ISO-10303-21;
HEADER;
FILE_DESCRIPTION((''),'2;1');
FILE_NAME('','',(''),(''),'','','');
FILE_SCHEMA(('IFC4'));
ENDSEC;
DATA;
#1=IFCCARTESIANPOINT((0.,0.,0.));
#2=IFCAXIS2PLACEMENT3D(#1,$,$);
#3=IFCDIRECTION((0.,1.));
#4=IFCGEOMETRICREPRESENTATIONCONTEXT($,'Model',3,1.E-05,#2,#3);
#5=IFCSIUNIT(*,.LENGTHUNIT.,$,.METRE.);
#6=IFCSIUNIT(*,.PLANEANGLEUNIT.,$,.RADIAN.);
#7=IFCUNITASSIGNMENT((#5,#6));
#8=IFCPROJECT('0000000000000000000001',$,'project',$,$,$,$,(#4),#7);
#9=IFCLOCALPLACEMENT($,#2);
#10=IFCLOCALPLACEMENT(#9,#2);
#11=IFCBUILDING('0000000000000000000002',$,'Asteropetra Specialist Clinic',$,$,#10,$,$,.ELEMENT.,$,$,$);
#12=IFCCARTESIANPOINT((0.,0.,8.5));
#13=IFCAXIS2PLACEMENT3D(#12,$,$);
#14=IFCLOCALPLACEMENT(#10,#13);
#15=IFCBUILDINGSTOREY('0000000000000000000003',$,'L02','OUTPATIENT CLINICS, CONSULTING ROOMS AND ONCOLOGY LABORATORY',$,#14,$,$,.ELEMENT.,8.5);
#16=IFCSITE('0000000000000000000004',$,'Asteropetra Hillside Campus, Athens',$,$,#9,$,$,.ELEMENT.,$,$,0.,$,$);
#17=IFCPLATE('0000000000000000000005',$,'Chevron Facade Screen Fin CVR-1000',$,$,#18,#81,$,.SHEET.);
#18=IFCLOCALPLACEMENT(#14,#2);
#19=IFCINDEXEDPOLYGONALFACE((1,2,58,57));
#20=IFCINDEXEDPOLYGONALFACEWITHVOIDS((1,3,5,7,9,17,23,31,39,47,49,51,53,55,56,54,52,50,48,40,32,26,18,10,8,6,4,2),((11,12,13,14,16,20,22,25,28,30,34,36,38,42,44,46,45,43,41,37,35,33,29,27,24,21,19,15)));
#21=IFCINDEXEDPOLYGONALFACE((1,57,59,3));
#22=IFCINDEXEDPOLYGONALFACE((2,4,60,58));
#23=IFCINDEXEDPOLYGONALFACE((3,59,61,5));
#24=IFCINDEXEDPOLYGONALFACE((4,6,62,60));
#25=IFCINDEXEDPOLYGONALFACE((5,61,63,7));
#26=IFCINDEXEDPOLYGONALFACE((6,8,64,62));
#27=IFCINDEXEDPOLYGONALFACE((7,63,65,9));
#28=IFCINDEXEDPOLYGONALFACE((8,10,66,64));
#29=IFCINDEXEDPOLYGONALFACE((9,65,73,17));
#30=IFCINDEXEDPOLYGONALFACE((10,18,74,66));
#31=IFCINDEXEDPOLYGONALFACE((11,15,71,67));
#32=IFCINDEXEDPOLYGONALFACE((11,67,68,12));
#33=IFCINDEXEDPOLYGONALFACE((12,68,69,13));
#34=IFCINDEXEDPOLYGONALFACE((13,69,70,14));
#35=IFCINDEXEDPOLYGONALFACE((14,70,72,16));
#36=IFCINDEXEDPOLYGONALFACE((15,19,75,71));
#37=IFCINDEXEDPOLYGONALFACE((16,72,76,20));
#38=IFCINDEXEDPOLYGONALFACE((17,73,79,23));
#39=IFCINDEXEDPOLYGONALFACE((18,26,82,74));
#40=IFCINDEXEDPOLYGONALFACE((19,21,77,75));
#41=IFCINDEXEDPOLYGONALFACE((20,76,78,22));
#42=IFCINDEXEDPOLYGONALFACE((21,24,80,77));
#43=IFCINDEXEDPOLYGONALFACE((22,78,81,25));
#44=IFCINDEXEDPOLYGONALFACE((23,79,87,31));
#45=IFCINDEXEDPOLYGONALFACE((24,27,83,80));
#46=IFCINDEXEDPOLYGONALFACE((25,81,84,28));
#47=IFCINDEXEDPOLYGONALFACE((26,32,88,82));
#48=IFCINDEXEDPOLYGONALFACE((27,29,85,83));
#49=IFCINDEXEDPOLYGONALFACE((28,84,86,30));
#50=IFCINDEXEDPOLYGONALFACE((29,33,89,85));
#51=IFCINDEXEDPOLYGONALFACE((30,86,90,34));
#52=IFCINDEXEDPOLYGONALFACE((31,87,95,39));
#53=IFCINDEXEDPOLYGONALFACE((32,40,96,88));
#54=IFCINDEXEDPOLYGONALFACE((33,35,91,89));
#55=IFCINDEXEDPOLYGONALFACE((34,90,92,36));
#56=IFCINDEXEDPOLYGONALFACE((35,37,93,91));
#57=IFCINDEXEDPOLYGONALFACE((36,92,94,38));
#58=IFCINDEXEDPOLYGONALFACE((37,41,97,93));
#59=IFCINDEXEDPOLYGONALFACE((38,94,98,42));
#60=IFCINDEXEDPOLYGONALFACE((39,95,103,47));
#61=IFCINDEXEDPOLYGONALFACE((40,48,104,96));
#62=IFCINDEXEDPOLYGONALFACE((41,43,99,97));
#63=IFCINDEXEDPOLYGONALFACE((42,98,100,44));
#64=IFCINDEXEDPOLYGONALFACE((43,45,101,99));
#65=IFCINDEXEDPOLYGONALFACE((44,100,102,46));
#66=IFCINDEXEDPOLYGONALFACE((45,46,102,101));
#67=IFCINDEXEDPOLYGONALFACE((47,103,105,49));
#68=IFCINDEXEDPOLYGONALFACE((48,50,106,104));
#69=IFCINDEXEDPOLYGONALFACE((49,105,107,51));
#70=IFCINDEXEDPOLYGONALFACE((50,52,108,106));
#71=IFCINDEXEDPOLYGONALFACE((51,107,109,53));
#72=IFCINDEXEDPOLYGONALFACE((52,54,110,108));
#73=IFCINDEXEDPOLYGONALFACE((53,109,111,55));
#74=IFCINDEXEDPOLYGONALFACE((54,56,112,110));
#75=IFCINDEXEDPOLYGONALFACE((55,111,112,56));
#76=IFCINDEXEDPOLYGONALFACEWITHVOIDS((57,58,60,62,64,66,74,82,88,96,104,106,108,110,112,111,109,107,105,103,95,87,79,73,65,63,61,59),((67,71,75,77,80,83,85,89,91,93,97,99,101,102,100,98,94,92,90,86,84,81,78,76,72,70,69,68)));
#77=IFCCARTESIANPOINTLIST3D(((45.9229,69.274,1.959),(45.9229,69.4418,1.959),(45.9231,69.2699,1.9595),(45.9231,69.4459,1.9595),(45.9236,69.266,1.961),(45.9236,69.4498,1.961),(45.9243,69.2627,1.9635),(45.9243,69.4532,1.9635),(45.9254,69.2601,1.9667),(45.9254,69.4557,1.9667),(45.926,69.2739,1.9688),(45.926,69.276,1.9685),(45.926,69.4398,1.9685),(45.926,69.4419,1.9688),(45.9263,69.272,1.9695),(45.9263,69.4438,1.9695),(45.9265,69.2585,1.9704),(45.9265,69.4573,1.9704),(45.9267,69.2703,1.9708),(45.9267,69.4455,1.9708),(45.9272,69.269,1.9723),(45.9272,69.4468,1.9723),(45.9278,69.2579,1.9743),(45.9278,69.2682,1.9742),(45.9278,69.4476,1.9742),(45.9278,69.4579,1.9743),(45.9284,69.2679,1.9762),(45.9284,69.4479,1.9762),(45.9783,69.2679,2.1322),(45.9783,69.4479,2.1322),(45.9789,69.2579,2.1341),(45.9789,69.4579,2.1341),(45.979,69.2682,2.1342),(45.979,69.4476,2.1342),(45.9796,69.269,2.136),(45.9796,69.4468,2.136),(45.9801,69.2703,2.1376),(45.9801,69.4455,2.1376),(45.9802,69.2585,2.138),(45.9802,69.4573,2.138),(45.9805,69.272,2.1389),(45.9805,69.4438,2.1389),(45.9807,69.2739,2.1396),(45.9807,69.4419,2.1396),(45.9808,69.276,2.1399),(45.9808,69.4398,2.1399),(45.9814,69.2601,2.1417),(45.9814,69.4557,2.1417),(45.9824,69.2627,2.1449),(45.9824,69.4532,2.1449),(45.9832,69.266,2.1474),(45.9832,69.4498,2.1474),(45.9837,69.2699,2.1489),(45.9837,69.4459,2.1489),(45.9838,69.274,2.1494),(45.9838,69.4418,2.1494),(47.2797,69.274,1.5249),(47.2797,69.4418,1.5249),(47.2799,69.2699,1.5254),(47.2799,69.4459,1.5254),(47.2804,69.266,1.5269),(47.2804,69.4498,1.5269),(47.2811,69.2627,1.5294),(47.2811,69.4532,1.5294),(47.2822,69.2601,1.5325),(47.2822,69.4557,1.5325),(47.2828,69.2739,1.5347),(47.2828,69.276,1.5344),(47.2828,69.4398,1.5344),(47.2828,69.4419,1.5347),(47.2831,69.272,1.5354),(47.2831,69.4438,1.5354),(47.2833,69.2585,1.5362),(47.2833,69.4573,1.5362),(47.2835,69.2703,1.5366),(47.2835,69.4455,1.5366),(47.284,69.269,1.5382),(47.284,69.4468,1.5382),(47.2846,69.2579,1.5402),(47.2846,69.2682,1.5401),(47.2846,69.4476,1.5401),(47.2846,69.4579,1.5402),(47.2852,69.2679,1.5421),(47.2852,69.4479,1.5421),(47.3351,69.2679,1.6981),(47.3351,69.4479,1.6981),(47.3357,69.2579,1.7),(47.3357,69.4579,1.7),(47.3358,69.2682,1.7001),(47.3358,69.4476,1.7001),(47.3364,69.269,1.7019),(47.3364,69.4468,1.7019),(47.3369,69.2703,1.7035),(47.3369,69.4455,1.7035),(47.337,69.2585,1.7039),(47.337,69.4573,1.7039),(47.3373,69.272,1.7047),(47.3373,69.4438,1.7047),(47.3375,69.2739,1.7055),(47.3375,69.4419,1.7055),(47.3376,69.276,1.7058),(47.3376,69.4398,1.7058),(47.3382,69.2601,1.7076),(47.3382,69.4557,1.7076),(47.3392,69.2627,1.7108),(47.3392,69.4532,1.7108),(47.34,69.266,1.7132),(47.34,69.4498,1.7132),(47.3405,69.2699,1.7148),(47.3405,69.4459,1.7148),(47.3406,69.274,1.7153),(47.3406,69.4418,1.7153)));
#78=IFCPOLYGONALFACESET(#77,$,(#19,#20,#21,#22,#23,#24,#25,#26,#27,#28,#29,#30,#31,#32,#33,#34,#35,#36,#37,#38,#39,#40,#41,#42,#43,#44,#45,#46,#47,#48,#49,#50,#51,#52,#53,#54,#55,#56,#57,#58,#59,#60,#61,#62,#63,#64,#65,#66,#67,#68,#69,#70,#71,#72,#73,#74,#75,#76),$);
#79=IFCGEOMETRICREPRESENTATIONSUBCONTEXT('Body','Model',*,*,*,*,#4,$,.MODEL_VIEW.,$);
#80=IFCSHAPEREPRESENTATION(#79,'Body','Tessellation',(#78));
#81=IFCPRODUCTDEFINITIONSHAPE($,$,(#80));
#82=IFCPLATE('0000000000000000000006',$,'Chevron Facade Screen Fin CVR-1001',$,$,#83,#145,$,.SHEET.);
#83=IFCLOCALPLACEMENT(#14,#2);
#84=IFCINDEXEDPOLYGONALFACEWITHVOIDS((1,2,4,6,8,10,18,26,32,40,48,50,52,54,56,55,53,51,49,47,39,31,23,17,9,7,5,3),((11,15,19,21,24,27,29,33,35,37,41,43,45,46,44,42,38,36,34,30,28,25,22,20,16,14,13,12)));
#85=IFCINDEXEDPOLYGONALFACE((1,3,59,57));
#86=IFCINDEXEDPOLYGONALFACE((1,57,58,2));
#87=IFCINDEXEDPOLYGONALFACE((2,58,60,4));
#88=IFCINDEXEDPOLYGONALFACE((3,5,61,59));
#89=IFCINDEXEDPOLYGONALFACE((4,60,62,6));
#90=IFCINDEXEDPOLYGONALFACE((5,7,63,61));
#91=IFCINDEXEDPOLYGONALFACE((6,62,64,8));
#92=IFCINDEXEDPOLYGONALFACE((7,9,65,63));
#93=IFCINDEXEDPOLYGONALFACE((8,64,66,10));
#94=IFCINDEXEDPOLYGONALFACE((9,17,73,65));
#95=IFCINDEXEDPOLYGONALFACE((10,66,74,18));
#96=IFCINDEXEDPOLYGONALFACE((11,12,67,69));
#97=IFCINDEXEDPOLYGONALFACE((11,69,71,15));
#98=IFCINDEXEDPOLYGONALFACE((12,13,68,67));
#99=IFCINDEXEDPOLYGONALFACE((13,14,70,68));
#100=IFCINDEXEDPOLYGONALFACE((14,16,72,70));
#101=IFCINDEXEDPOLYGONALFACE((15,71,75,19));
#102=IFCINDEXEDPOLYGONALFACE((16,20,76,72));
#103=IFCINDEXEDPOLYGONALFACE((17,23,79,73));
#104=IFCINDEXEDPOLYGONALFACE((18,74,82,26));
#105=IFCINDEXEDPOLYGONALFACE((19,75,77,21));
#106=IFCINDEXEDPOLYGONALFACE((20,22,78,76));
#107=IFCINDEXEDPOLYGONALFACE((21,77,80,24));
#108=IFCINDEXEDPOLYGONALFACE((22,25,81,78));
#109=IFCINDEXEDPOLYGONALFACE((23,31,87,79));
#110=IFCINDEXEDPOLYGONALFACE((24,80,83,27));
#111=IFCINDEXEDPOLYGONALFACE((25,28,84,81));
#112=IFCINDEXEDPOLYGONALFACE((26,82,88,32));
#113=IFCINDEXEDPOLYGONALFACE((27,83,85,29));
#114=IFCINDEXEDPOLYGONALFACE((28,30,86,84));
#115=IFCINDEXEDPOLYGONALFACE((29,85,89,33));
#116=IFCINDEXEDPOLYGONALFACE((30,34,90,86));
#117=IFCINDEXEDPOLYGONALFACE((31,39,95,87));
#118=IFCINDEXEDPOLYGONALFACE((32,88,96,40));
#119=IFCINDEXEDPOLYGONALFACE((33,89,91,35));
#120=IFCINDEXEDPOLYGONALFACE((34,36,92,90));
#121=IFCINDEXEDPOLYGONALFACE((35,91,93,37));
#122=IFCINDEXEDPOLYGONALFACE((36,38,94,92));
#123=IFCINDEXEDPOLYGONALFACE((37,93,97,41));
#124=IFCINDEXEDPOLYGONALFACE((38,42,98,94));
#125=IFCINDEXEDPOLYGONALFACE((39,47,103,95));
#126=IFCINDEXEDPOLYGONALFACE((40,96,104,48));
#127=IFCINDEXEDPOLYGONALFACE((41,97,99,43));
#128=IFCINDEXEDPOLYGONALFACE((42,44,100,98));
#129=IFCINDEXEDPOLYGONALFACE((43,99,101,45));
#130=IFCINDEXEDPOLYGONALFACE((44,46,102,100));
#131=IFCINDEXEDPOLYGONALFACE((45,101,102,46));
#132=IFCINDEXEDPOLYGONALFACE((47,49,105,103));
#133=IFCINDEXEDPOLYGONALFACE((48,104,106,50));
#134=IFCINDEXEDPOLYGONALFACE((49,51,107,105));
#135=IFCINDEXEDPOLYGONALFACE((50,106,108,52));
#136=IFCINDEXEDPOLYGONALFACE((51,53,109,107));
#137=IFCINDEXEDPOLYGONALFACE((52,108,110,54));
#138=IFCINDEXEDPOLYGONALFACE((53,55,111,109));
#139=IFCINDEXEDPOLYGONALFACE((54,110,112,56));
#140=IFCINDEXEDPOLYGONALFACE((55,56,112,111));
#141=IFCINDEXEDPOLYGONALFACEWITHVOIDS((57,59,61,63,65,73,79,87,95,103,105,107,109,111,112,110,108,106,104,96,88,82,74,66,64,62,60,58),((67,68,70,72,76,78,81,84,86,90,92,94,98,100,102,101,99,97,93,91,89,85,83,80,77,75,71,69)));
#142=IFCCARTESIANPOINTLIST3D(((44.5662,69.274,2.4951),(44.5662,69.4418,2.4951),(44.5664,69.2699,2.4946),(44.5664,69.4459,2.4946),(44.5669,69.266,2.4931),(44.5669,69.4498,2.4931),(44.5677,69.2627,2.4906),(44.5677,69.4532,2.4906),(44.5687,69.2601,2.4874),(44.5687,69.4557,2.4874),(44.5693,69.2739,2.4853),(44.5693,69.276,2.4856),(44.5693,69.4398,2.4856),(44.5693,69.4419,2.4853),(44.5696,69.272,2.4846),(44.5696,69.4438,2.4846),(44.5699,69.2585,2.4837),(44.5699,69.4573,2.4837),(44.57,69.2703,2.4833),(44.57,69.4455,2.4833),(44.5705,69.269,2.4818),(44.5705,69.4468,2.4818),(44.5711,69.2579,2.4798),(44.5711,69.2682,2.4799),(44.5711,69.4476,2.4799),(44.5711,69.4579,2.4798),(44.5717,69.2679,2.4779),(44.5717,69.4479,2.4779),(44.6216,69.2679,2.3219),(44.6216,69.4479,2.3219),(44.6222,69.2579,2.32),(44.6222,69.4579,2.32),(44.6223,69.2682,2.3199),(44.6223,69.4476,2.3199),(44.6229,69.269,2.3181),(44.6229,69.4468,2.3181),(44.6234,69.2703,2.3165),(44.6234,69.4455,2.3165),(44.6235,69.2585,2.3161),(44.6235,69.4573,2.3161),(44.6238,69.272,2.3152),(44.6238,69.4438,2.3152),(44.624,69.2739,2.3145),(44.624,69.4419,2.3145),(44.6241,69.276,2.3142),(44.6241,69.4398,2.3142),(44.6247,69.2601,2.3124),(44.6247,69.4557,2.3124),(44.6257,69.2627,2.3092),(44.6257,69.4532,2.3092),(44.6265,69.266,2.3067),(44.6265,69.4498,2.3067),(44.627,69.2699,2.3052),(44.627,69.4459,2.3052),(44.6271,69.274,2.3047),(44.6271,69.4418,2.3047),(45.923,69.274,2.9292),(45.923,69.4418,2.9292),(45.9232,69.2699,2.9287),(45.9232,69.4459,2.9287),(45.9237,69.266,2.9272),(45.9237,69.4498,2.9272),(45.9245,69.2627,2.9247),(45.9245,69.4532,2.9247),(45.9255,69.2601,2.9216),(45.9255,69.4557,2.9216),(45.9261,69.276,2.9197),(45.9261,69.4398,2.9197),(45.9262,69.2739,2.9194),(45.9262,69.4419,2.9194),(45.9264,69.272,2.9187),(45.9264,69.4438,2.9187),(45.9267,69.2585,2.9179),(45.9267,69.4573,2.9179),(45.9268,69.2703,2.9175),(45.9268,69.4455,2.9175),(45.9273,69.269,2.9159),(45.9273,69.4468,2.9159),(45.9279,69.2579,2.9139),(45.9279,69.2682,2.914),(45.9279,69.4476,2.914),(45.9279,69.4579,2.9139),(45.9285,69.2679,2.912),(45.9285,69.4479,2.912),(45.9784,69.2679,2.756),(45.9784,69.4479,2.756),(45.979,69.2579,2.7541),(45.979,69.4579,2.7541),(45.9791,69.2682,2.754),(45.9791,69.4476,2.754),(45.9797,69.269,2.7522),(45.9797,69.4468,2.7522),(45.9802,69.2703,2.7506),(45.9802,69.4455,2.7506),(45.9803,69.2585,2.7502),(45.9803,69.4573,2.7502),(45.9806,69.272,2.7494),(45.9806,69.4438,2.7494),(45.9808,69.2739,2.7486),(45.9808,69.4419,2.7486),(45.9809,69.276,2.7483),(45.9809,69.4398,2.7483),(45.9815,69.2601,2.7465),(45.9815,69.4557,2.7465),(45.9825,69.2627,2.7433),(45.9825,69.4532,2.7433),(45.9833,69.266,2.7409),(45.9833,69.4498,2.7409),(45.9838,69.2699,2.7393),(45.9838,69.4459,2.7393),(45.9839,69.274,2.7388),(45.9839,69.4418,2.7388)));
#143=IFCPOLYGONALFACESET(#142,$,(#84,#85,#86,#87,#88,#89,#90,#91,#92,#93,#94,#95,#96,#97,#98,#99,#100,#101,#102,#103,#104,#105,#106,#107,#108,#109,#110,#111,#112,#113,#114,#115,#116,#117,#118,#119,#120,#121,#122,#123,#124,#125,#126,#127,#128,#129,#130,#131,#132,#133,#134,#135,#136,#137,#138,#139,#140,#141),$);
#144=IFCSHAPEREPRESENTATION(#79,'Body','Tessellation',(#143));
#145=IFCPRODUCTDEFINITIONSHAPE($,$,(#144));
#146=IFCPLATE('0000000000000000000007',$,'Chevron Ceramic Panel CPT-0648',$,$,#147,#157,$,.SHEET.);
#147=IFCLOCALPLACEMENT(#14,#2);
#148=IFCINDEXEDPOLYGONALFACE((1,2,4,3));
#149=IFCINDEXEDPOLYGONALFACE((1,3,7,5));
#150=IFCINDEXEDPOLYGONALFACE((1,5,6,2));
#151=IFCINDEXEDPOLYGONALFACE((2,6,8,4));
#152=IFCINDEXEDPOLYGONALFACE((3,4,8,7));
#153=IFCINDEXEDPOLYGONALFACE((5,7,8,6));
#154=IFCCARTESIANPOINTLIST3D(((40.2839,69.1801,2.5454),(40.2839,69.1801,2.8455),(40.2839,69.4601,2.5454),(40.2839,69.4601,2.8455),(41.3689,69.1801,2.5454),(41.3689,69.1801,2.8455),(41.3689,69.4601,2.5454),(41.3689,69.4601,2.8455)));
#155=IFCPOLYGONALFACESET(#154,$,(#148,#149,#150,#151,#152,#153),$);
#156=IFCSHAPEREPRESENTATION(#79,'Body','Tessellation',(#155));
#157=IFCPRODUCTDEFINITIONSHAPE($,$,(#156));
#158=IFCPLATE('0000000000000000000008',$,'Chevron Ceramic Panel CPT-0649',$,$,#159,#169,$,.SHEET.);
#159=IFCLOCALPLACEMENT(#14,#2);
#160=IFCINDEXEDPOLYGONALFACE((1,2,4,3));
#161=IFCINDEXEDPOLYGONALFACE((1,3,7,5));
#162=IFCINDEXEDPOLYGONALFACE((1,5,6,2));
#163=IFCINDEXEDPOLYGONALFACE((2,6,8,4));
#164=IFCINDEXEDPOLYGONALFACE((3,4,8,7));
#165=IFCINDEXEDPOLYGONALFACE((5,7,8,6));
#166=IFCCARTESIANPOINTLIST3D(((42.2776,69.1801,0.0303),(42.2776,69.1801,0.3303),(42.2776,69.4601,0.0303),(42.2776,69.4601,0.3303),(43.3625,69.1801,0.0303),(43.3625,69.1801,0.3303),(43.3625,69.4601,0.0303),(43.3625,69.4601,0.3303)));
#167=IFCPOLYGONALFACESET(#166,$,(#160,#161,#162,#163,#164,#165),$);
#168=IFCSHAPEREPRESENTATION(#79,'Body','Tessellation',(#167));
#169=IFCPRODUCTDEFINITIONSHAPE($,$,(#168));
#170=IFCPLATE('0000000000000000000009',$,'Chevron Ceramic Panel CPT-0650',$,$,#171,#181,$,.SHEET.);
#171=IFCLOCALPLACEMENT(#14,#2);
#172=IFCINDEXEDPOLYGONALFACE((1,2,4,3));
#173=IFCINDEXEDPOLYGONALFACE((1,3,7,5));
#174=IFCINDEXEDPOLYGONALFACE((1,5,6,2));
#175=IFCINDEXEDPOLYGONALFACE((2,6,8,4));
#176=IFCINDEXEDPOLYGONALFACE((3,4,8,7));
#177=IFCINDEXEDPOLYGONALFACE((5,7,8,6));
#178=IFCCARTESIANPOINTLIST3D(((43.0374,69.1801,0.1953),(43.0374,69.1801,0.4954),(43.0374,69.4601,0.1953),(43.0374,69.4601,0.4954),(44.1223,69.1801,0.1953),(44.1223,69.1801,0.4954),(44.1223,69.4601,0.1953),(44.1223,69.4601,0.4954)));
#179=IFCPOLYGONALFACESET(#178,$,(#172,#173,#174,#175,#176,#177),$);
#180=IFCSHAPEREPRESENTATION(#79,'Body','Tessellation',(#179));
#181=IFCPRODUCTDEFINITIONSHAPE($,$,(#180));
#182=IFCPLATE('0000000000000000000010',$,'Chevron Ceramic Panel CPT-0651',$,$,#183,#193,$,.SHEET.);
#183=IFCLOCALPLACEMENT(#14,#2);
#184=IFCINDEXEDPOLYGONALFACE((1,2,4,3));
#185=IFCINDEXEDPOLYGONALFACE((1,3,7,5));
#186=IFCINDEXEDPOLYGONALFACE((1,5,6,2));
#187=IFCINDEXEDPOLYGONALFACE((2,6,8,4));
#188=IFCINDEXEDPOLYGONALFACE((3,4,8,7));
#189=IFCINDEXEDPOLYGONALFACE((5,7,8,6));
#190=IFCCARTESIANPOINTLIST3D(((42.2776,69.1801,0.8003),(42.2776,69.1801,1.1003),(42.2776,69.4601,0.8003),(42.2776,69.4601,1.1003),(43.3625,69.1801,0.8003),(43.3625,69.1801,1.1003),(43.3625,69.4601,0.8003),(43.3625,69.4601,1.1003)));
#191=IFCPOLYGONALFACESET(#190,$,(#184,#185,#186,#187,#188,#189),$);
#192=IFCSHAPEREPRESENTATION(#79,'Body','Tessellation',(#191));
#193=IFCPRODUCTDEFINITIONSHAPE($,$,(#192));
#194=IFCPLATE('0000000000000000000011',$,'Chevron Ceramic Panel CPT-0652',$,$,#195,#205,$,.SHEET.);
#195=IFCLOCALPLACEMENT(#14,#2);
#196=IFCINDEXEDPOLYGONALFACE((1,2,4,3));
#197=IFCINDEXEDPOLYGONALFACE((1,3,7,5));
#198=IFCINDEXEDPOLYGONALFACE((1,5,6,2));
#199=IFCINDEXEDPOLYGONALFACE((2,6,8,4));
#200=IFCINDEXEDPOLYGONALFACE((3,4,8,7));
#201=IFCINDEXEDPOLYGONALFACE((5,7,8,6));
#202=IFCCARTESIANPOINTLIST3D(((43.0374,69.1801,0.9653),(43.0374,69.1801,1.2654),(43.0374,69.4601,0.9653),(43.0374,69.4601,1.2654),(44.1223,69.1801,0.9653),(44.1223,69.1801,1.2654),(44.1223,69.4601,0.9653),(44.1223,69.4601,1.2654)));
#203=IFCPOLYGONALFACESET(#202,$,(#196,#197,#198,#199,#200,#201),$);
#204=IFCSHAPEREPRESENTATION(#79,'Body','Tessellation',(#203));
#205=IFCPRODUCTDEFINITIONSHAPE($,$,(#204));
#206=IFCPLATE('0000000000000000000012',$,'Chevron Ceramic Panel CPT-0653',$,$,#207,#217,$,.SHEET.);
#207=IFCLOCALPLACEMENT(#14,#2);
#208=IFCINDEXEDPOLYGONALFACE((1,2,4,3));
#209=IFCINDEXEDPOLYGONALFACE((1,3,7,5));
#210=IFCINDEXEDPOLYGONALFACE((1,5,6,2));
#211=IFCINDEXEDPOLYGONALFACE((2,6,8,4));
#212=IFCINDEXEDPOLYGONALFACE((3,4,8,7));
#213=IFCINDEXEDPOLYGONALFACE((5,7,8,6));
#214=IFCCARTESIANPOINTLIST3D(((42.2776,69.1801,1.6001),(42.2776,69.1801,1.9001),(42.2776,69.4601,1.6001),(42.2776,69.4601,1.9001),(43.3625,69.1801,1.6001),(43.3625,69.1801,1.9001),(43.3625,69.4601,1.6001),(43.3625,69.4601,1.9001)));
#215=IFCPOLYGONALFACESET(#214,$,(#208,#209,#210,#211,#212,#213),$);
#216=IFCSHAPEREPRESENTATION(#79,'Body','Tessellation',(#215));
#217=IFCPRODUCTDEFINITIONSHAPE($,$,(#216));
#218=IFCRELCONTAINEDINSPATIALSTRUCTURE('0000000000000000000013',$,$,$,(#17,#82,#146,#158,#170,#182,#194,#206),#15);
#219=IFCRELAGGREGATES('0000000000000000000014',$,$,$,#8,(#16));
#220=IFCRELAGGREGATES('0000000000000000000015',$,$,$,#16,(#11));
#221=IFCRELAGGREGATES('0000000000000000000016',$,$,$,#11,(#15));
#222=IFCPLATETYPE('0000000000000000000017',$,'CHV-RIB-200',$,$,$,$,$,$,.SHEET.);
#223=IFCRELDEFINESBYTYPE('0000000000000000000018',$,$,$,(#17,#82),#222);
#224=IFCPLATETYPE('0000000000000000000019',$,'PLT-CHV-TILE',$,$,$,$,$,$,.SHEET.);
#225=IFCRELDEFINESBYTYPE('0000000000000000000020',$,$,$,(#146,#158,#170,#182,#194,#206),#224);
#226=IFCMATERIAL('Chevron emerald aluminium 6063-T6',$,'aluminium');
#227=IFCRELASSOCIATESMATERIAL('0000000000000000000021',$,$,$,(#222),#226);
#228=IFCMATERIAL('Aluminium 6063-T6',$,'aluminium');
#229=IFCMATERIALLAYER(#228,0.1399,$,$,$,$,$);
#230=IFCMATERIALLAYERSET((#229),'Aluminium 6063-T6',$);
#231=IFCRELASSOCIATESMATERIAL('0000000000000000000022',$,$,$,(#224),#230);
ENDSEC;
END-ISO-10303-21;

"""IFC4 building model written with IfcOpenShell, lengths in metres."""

from ifc_helpers import new_model, si_unit, direction, frame, origin, origin_2d, place, context, subcontext, project, spatial, rectangle, hollow_rectangle, extrude, material, layer, layer_set, material_profile, profile_set, type_object, element, save


model = new_model("IFC4")

# Units and contexts
model_context = context("Model", 3, precision=1e-05, world=origin(), true_north=direction((0.0, 1.0)))
body_context = subcontext(model_context, "Body", "Model", "MODEL_VIEW")
ifc_project = project(units=[si_unit("LENGTHUNIT", "METRE"), si_unit("PLANEANGLEUNIT", "RADIAN")], contexts=[model_context])

# Site, building, storey
site_placement = place(None, origin())
site = spatial("IfcSite", under=ifc_project, at=site_placement, Name="Asteropetra Hillside Campus, Athens", CompositionType="ELEMENT", RefElevation=0.0)
building_placement = place(site_placement, origin())
building = spatial("IfcBuilding", under=site, at=building_placement, Name="Asteropetra Specialist Clinic", CompositionType="ELEMENT")
storey_placement = place(building_placement, frame((0.0, 0.0, 8.5)))
storey = spatial("IfcBuildingStorey", under=building, at=storey_placement, Name="L02", Description="OUTPATIENT CLINICS, CONSULTING ROOMS AND ONCOLOGY LABORATORY", CompositionType="ELEMENT", Elevation=8.5)

# Plates
ifc_material_1 = material(Name="Chevron emerald aluminium 6063-T6", Category="aluminium")
ifc_material_profile = material_profile(ifc_material_1, hollow_rectangle(XDim=0.2, YDim=0.2, WallThickness=0.01, InnerFilletRadius=0.0081, OuterFilletRadius=0.0161, at=origin_2d()), Name="SHS 200x200x10.0")
ifc_profile_set = profile_set([ifc_material_profile], Name="Chevron emerald aluminium 6063-T6")
plate_type_1 = type_object("IfcPlateType", Name="CHV-RIB-200", PredefinedType="SHEET", material=ifc_profile_set)
for number, where, z_axis, x_axis, name in (
    (1, (45.9534, 69.3579, 2.0542), (0.952436, 0.0, -0.304738), (0.0, 1.0, 0.0), "Chevron Facade Screen Fin CVR-1000"),
    (2, (44.5967, 69.3579, 2.3999), (0.952436, 0.0, 0.304738), (0.0, 1.0, 0.0), "Chevron Facade Screen Fin CVR-1001"),
):
    element("IfcPlate", number, at=place(storey_placement, frame(where, z_axis=z_axis, x_axis=x_axis)), inside=storey, type_object=plate_type_1, Name=name, PredefinedType="SHEET", context=body_context, shape_type="SweptSolid", body=[
        extrude(hollow_rectangle(XDim=0.2, YDim=0.2, WallThickness=0.01, InnerFilletRadius=0.0081, OuterFilletRadius=0.0161, at=origin_2d()), origin(), (0.0, 0.0, 1.0), 1.4246),
    ])
ifc_material_2 = material(Name="Aluminium 6063-T6", Category="aluminium")
ifc_layer = layer(ifc_material_2, 0.1399)
ifc_layer_set = layer_set([ifc_layer], Name="Aluminium 6063-T6")
plate_type_2 = type_object("IfcPlateType", Name="PLT-CHV-TILE", PredefinedType="SHEET", material=ifc_layer_set)
for number, where, z_axis, x_axis, name in (
    (3, (40.8264, 69.3201, 2.5454), (0.0, 0.0, 1.0), (1.0, 0.0, 0.0), "Chevron Ceramic Panel CPT-0648"),
    (4, (42.8201, 69.3201, 0.0303), (0.0, 0.0, 1.0), (1.0, 0.0, 0.0), "Chevron Ceramic Panel CPT-0649"),
    (5, (43.5798, 69.3201, 0.1953), (0.0, 0.0, 1.0), (1.0, 0.0, 0.0), "Chevron Ceramic Panel CPT-0650"),
    (6, (42.8201, 69.3201, 0.8003), (0.0, 0.0, 1.0), (1.0, 0.0, 0.0), "Chevron Ceramic Panel CPT-0651"),
    (7, (43.5798, 69.3201, 0.9653), (0.0, 0.0, 1.0), (1.0, 0.0, 0.0), "Chevron Ceramic Panel CPT-0652"),
    (8, (42.8201, 69.3201, 1.6001), (0.0, 0.0, 1.0), (1.0, 0.0, 0.0), "Chevron Ceramic Panel CPT-0653"),
):
    element("IfcPlate", number, at=place(storey_placement, frame(where, z_axis=z_axis, x_axis=x_axis)), inside=storey, type_object=plate_type_2, Name=name, PredefinedType="SHEET", context=body_context, shape_type="SweptSolid", body=[
        extrude(rectangle(XDim=1.085, YDim=0.28, at=origin_2d()), origin(), (0.0, 0.0, 1.0), 0.3),
    ])

save(model, "model.ifc")
